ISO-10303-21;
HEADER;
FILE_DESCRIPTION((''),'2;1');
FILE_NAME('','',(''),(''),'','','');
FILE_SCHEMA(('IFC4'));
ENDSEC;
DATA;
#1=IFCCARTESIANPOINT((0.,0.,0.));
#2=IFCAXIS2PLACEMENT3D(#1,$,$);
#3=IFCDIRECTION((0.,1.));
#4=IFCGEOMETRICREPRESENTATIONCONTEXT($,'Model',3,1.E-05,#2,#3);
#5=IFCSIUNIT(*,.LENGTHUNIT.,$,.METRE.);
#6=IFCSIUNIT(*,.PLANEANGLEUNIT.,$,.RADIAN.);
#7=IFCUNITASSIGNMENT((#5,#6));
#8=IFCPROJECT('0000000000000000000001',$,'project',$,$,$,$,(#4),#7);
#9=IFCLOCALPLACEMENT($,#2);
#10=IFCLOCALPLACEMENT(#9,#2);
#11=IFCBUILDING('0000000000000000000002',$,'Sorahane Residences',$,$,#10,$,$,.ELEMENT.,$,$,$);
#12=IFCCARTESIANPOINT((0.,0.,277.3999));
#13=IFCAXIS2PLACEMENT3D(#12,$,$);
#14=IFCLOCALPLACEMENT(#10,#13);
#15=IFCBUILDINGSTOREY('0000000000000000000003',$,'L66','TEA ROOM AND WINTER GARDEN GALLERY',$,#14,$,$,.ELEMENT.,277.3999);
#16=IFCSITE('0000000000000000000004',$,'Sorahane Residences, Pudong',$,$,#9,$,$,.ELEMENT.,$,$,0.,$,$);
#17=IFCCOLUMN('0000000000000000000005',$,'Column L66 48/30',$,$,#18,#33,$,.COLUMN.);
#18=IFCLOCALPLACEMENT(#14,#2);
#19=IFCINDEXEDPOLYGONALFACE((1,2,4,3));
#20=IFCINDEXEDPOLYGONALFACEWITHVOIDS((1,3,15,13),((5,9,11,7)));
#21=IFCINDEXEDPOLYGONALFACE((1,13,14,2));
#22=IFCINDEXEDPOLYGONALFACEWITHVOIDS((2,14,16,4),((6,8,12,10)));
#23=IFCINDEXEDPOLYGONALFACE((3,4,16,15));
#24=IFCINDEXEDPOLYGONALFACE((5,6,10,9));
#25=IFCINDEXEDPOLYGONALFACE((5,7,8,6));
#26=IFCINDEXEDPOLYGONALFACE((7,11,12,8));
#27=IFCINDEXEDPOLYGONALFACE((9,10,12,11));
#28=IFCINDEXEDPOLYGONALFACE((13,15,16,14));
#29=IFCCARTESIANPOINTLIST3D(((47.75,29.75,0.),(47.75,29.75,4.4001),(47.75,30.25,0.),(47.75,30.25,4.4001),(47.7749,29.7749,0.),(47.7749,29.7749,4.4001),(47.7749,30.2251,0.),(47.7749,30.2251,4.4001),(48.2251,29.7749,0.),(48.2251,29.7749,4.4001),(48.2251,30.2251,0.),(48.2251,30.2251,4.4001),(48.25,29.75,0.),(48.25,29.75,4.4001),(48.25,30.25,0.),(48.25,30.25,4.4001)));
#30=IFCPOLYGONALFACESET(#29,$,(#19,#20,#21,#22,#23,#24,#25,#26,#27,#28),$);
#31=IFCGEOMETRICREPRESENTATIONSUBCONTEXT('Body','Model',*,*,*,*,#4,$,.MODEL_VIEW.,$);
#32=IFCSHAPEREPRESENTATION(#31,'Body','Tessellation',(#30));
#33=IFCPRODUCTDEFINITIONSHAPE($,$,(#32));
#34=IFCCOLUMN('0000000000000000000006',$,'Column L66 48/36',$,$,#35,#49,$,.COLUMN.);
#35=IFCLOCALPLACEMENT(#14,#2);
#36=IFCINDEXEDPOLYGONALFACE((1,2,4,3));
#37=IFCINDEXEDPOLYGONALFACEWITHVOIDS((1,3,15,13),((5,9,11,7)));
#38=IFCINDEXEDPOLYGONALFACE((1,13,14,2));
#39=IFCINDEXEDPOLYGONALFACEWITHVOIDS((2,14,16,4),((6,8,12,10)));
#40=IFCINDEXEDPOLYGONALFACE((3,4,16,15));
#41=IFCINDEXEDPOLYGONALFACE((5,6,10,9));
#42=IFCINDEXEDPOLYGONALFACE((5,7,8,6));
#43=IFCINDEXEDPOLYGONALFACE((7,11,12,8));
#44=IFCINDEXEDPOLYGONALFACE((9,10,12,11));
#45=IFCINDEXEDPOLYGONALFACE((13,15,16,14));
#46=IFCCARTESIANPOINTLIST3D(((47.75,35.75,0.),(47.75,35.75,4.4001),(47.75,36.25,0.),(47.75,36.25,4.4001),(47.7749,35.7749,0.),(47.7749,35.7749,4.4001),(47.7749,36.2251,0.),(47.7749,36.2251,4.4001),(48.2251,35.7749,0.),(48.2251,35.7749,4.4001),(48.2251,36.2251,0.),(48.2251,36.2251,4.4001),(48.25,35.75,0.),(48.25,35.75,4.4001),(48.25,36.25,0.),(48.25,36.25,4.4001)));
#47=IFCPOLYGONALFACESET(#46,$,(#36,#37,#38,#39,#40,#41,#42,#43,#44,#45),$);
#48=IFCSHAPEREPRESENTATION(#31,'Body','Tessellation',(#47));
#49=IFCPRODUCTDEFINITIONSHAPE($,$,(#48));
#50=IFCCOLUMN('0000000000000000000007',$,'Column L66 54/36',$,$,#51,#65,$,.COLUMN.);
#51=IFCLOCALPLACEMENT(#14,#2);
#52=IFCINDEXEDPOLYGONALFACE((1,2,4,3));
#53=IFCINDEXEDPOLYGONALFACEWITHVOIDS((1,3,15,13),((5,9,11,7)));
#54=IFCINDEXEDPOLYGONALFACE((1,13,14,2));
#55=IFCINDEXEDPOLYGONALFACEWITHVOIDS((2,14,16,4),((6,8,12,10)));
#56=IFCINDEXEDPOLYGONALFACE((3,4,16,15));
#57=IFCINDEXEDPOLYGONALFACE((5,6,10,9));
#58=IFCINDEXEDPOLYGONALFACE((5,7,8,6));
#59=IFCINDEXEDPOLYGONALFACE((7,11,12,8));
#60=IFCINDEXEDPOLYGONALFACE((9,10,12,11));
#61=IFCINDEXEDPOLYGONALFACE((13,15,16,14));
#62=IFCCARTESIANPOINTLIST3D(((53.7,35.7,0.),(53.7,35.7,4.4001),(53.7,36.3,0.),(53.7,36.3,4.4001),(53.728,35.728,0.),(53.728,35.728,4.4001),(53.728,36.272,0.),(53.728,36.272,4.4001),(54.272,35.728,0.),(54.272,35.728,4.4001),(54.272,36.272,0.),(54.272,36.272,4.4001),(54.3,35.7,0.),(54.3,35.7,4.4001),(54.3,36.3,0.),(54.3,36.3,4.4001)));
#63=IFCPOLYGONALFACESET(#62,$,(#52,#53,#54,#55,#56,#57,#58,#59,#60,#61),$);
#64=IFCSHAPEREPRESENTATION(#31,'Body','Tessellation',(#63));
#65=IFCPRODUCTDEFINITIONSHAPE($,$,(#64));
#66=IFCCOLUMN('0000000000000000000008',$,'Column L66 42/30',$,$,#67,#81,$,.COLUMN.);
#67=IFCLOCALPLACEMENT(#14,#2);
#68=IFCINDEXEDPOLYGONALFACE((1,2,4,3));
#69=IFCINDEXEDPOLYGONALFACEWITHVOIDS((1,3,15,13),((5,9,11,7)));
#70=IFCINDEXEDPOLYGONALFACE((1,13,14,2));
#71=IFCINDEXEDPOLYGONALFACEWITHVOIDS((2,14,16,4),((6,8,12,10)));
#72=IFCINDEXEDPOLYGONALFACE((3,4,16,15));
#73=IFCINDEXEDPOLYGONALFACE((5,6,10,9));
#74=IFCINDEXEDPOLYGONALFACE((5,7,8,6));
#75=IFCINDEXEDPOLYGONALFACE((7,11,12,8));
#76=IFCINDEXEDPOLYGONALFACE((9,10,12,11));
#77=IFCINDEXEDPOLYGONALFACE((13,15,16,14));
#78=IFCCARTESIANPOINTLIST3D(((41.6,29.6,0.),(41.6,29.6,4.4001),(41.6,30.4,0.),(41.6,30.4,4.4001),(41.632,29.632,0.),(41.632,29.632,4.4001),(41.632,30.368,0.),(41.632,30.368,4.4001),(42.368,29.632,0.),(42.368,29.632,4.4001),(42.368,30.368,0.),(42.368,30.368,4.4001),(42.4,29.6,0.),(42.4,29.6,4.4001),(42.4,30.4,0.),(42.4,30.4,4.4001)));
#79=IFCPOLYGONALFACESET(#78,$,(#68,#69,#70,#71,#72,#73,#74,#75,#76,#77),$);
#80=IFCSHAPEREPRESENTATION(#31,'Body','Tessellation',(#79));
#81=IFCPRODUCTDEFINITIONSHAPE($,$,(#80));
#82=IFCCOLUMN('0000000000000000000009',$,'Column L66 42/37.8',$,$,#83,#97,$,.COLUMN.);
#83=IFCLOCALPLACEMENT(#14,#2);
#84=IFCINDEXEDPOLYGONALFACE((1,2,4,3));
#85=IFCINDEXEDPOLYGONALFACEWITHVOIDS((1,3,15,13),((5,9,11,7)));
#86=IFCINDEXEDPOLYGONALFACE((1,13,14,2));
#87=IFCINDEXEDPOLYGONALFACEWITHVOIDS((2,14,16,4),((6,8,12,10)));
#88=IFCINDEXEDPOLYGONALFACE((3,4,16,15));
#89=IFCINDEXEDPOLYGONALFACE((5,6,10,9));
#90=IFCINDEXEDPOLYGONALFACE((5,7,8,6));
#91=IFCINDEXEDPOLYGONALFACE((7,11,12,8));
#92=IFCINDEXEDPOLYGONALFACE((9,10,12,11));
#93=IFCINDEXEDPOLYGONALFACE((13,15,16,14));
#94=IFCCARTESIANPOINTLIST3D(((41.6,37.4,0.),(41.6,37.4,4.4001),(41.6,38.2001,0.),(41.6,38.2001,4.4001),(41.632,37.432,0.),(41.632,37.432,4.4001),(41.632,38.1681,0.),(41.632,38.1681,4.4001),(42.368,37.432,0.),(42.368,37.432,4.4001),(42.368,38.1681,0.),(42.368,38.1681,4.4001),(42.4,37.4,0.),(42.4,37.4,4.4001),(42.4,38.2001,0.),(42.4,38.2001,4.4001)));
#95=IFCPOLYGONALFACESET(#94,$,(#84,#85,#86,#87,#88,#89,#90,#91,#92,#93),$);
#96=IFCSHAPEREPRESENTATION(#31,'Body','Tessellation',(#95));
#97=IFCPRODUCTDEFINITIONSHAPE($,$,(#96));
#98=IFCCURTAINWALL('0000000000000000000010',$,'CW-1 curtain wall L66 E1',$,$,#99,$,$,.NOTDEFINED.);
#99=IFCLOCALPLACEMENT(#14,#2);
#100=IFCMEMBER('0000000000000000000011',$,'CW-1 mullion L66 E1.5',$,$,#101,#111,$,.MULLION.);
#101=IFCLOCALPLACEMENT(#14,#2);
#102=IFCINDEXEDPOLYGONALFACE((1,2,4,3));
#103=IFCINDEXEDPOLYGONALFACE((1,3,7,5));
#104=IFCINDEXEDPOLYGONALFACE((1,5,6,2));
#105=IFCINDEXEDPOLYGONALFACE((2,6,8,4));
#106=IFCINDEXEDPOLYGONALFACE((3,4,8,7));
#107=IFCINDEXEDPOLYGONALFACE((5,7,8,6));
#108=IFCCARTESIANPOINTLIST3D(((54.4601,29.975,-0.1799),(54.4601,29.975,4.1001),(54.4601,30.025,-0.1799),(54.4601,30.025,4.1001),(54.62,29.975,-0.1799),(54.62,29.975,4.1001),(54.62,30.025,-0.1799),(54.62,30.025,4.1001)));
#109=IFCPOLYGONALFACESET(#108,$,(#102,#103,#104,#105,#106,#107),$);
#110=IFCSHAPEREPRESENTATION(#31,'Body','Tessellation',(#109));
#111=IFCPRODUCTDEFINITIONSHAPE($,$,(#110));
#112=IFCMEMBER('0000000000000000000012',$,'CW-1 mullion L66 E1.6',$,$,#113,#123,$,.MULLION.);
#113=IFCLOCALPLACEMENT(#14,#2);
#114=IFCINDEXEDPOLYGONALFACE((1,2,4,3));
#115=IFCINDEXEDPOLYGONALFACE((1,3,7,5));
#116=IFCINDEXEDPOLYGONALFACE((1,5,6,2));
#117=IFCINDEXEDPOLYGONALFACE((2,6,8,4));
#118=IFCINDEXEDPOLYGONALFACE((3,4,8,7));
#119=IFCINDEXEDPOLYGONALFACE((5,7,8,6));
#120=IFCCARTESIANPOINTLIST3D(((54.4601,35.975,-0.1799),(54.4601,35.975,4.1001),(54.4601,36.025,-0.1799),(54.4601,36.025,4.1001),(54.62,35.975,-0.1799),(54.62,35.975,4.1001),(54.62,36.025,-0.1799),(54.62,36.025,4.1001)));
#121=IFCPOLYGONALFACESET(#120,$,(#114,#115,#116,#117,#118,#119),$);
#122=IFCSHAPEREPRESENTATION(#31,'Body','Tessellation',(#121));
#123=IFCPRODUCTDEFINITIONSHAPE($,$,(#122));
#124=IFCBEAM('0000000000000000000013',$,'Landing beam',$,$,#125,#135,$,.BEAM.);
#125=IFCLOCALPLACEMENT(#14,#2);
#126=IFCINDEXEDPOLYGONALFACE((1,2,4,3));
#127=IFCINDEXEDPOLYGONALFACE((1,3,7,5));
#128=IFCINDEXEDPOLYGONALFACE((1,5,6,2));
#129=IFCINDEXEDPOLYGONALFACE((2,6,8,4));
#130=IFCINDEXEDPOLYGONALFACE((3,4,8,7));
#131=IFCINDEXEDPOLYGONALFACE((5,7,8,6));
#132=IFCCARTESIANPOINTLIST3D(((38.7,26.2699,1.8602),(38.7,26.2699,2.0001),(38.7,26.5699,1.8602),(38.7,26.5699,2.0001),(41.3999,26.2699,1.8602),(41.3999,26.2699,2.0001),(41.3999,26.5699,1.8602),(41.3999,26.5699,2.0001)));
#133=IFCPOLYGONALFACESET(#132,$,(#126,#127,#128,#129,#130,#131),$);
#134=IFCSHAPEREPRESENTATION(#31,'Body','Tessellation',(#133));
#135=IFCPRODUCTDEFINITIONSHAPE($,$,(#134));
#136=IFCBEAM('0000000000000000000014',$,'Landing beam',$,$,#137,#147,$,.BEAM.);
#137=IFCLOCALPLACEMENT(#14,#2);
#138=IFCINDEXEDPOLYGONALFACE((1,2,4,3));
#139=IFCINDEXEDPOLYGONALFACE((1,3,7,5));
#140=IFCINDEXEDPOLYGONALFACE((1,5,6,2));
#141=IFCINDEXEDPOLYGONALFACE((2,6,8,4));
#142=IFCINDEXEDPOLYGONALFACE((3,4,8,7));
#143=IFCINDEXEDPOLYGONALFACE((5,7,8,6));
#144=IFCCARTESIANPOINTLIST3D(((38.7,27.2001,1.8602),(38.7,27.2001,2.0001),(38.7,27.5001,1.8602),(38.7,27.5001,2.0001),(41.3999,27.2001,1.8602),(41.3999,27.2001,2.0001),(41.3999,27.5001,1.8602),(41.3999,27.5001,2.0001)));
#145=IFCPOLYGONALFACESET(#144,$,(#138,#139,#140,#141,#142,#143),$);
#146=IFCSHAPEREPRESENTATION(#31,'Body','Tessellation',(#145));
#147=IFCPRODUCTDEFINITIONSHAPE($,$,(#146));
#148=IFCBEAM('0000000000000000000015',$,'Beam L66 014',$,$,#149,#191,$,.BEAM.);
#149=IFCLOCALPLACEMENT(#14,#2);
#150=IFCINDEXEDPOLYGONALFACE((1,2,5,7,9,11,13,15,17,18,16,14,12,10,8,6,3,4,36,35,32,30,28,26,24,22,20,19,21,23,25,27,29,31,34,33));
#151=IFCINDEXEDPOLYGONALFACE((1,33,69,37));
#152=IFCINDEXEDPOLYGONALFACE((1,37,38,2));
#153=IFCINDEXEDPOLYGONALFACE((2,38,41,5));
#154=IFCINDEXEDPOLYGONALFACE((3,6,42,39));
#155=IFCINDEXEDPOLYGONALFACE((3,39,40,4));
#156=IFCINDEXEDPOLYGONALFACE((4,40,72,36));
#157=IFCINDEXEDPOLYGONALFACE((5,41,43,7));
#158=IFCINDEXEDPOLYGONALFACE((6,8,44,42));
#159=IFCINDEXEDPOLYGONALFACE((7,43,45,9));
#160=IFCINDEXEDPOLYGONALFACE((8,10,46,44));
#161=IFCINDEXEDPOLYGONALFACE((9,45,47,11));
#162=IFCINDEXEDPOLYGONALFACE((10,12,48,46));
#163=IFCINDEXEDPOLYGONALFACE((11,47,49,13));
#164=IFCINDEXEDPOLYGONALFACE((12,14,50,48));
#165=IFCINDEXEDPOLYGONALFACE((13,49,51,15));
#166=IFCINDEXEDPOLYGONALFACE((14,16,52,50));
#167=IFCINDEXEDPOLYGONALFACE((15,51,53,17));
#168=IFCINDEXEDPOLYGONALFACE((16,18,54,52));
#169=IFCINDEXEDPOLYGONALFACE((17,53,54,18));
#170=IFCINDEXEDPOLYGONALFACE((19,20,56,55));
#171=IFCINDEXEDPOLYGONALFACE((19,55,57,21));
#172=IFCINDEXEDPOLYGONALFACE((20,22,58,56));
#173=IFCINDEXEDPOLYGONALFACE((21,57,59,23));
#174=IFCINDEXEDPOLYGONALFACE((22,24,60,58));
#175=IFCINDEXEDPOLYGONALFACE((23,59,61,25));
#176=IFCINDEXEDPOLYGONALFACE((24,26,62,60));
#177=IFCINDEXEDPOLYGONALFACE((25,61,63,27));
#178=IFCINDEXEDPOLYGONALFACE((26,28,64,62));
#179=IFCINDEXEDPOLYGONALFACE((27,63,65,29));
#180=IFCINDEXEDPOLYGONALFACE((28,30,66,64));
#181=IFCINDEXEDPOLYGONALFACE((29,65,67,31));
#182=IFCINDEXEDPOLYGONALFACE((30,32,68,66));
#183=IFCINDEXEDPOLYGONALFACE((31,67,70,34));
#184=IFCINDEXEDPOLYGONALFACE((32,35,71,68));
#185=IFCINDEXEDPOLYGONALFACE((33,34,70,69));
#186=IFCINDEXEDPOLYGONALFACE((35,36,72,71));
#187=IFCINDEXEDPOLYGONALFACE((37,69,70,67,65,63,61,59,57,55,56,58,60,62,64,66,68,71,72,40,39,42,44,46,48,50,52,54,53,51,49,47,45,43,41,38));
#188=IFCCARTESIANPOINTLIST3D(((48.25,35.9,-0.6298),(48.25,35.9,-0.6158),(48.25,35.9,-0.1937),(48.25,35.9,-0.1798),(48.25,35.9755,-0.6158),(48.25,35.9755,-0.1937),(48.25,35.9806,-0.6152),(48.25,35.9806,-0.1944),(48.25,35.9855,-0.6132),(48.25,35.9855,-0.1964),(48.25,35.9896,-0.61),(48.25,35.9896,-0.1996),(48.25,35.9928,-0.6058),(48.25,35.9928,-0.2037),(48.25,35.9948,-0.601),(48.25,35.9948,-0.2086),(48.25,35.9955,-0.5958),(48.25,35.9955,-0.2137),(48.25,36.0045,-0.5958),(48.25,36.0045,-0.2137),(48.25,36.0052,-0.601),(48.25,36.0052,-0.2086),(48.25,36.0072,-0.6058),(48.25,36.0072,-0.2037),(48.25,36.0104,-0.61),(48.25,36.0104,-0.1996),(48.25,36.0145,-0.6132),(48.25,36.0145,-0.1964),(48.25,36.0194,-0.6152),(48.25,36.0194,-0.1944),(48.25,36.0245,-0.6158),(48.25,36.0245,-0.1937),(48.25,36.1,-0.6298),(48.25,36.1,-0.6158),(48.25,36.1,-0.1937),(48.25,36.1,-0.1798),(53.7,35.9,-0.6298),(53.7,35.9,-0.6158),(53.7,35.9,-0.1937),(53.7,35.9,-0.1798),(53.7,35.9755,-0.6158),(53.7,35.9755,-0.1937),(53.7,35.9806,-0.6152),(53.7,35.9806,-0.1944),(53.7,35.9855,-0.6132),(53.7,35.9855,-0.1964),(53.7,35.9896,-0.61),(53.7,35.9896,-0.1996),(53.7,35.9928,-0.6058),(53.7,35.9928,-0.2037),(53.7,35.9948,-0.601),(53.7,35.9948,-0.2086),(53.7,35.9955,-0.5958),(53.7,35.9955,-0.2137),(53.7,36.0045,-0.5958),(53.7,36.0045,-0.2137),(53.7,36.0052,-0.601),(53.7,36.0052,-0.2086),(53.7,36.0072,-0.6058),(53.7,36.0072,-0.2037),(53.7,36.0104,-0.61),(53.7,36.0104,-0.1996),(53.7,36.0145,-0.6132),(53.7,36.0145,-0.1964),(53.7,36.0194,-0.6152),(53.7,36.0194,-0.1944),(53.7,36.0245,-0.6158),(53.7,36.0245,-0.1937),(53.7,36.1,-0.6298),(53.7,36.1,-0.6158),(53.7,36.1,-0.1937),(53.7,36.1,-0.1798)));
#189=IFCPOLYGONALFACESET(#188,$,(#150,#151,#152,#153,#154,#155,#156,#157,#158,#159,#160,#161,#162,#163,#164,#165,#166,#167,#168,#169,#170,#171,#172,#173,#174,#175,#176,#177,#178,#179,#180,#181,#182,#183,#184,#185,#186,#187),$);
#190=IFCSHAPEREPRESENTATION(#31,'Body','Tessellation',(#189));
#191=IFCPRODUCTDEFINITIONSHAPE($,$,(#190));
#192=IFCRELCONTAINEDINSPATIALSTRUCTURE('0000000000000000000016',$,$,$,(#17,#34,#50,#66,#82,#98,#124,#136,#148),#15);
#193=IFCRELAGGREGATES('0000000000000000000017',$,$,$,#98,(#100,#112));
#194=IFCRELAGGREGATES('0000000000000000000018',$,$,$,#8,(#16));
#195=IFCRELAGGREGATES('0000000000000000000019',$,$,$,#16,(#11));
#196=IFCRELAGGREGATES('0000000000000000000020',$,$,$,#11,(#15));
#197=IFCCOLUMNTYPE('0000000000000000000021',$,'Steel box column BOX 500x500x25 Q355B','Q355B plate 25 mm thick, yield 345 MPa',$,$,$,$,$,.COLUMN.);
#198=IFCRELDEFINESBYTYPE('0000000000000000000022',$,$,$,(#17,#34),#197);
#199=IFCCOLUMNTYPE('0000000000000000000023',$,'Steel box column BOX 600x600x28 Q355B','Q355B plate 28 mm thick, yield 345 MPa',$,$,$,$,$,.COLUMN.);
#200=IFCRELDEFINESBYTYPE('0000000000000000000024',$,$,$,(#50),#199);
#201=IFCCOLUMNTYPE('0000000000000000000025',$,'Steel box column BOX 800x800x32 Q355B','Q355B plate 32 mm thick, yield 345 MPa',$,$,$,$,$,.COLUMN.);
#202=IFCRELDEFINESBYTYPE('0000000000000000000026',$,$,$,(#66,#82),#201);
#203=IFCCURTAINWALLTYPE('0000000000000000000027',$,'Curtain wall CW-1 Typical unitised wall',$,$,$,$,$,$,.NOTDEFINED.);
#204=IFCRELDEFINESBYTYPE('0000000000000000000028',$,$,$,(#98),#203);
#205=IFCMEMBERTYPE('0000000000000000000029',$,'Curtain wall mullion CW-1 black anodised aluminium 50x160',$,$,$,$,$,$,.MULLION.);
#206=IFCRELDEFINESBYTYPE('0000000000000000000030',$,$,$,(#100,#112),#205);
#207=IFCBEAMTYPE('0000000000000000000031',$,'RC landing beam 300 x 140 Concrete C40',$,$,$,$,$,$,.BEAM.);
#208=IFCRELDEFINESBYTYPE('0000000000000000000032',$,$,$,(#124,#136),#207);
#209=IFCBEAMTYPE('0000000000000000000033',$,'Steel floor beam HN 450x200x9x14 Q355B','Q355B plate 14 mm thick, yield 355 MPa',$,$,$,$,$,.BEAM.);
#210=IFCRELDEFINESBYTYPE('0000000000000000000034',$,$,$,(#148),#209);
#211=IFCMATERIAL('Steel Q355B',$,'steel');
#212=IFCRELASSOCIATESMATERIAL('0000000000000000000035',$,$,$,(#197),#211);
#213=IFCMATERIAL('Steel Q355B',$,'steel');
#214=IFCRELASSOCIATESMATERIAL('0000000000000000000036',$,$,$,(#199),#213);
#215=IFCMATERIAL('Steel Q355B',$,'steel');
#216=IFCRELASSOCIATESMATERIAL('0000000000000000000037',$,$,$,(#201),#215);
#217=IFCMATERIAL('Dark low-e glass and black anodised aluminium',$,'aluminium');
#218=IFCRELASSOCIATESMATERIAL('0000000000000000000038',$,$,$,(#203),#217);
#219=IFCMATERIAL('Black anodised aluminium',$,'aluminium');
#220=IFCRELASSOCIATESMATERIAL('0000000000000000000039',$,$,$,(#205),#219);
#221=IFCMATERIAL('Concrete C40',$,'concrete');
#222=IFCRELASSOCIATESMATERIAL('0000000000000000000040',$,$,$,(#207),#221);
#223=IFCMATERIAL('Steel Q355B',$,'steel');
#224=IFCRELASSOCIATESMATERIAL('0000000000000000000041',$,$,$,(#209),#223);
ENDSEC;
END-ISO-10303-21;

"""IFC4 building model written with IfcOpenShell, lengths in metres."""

from ifc_helpers import new_model, si_unit, direction, frame, origin, origin_2d, place, context, subcontext, project, spatial, rectangle, hollow_rectangle, i_section, extrude, material, material_profile, profile_set, type_object, element, aggregate, save


model = new_model("IFC4")

# Units and contexts
model_context = context("Model", 3, precision=1e-05, world=origin(), true_north=direction((0.0, 1.0)))
body_context = subcontext(model_context, "Body", "Model", "MODEL_VIEW")
ifc_project = project(units=[si_unit("LENGTHUNIT", "METRE"), si_unit("PLANEANGLEUNIT", "RADIAN")], contexts=[model_context])

# Site, building, storey
site_placement = place(None, origin())
site = spatial("IfcSite", under=ifc_project, at=site_placement, Name="Sorahane Residences, Pudong", CompositionType="ELEMENT", RefElevation=0.0)
building_placement = place(site_placement, origin())
building = spatial("IfcBuilding", under=site, at=building_placement, Name="Sorahane Residences", CompositionType="ELEMENT")
storey_placement = place(building_placement, frame((0.0, 0.0, 277.3999)))
storey = spatial("IfcBuildingStorey", under=building, at=storey_placement, Name="L66", Description="TEA ROOM AND WINTER GARDEN GALLERY", CompositionType="ELEMENT", Elevation=277.3999)

# Columns
ifc_material_1 = material(Name="Steel Q355B", Category="steel")
ifc_material_profile_1 = material_profile(ifc_material_1, hollow_rectangle(XDim=0.5, YDim=0.5, WallThickness=0.0249, at=origin_2d()), Name="BOX 500x500x25")
ifc_profile_set_1 = profile_set([ifc_material_profile_1], Name="Steel Q355B")
column_type_1 = type_object("IfcColumnType", Name="Steel box column BOX 500x500x25 Q355B", Description="Q355B plate 25 mm thick, yield 345 MPa", PredefinedType="COLUMN", material=ifc_profile_set_1)
for number, where, z_axis, x_axis, name in (
    (1, (48.0, 30.0, 0.0), (0.0, 0.0, 1.0), (1.0, 0.0, 0.0), "Column L66 48/30"),
    (2, (48.0, 36.0, 0.0), (0.0, 0.0, 1.0), (1.0, 0.0, 0.0), "Column L66 48/36"),
):
    element("IfcColumn", number, at=place(storey_placement, frame(where, z_axis=z_axis, x_axis=x_axis)), inside=storey, type_object=column_type_1, Name=name, PredefinedType="COLUMN", context=body_context, shape_type="SweptSolid", body=[
        extrude(hollow_rectangle(XDim=0.5, YDim=0.5, WallThickness=0.0249, at=origin_2d()), origin(), (0.0, 0.0, 1.0), 4.4001),
    ])
ifc_material_2 = material(Name="Steel Q355B", Category="steel")
ifc_material_profile_2 = material_profile(ifc_material_2, hollow_rectangle(XDim=0.6001, YDim=0.6001, WallThickness=0.0281, at=origin_2d()), Name="BOX 600x600x28")
ifc_profile_set_2 = profile_set([ifc_material_profile_2], Name="Steel Q355B")
column_type_2 = type_object("IfcColumnType", Name="Steel box column BOX 600x600x28 Q355B", Description="Q355B plate 28 mm thick, yield 345 MPa", PredefinedType="COLUMN", material=ifc_profile_set_2)
column_placement = place(storey_placement, frame((54.0, 36.0, 0.0), z_axis=(0.0, 0.0, 1.0), x_axis=(1.0, 0.0, 0.0)))
element("IfcColumn", 3, at=column_placement, inside=storey, type_object=column_type_2, Name="Column L66 54/36", PredefinedType="COLUMN", context=body_context, shape_type="SweptSolid", body=[
    extrude(hollow_rectangle(XDim=0.6001, YDim=0.6001, WallThickness=0.0281, at=origin_2d()), origin(), (0.0, 0.0, 1.0), 4.4001),
])
ifc_material_3 = material(Name="Steel Q355B", Category="steel")
ifc_material_profile_3 = material_profile(ifc_material_3, hollow_rectangle(XDim=0.8, YDim=0.8, WallThickness=0.032, at=origin_2d()), Name="BOX 800x800x32")
ifc_profile_set_3 = profile_set([ifc_material_profile_3], Name="Steel Q355B")
column_type_3 = type_object("IfcColumnType", Name="Steel box column BOX 800x800x32 Q355B", Description="Q355B plate 32 mm thick, yield 345 MPa", PredefinedType="COLUMN", material=ifc_profile_set_3)
for number, where, z_axis, x_axis, name in (
    (4, (42.0, 30.0, 0.0), (0.0, 0.0, 1.0), (1.0, 0.0, 0.0), "Column L66 42/30"),
    (5, (42.0, 37.8, 0.0), (0.0, 0.0, 1.0), (1.0, 0.0, 0.0), "Column L66 42/37.8"),
):
    element("IfcColumn", number, at=place(storey_placement, frame(where, z_axis=z_axis, x_axis=x_axis)), inside=storey, type_object=column_type_3, Name=name, PredefinedType="COLUMN", context=body_context, shape_type="SweptSolid", body=[
        extrude(hollow_rectangle(XDim=0.8, YDim=0.8, WallThickness=0.032, at=origin_2d()), origin(), (0.0, 0.0, 1.0), 4.4001),
    ])

# Curtain wall, members
ifc_material_4 = material(Name="Dark low-e glass and black anodised aluminium", Category="aluminium")
curtain_wall_type = type_object("IfcCurtainWallType", Name="Curtain wall CW-1 Typical unitised wall", PredefinedType="NOTDEFINED", material=ifc_material_4)
curtain_wall_placement = place(storey_placement, origin())
curtain_wall = element("IfcCurtainWall", 6, at=curtain_wall_placement, inside=storey, type_object=curtain_wall_type, Name="CW-1 curtain wall L66 E1", PredefinedType="NOTDEFINED")
ifc_material_5 = material(Name="Black anodised aluminium", Category="aluminium")
ifc_material_profile_4 = material_profile(ifc_material_5, rectangle(XDim=0.1599, YDim=0.05, at=origin_2d()), Name="Curtain wall mullion CW-1 black anodised aluminium 50x160")
ifc_profile_set_4 = profile_set([ifc_material_profile_4], Name="Black anodised aluminium")
member_type = type_object("IfcMemberType", Name="Curtain wall mullion CW-1 black anodised aluminium 50x160", PredefinedType="MULLION", material=ifc_profile_set_4)
member_1_placement = place(storey_placement, frame((54.54, 30.0, -0.1799), z_axis=(0.0, 0.0, 1.0), x_axis=(1.0, 0.0, 0.0)))
member_1 = element("IfcMember", 7, at=member_1_placement, type_object=member_type, Name="CW-1 mullion L66 E1.5", PredefinedType="MULLION", context=body_context, shape_type="SweptSolid", body=[
    extrude(rectangle(XDim=0.1599, YDim=0.05, at=origin_2d()), origin(), (0.0, 0.0, 1.0), 4.28),
])
member_2_placement = place(storey_placement, frame((54.54, 36.0, -0.1799), z_axis=(0.0, 0.0, 1.0), x_axis=(1.0, 0.0, 0.0)))
member_2 = element("IfcMember", 8, at=member_2_placement, type_object=member_type, Name="CW-1 mullion L66 E1.6", PredefinedType="MULLION", context=body_context, shape_type="SweptSolid", body=[
    extrude(rectangle(XDim=0.1599, YDim=0.05, at=origin_2d()), origin(), (0.0, 0.0, 1.0), 4.28),
])

# Beams
ifc_material_6 = material(Name="Concrete C40", Category="concrete")
ifc_material_profile_5 = material_profile(ifc_material_6, rectangle(XDim=0.3, YDim=0.1399, at=origin_2d()), Name="300x140")
ifc_profile_set_5 = profile_set([ifc_material_profile_5], Name="Concrete C40")
beam_type_1 = type_object("IfcBeamType", Name="RC landing beam 300 x 140 Concrete C40", PredefinedType="BEAM", material=ifc_profile_set_5)
for number, where, z_axis, x_axis, name in (
    (9, (38.7, 26.4199, 1.9302), (1.0, 0.0, 0.0), (0.0, 1.0, 0.0), "Landing beam"),
    (10, (38.7, 27.3501, 1.9302), (1.0, 0.0, 0.0), (0.0, 1.0, 0.0), "Landing beam"),
):
    element("IfcBeam", number, at=place(storey_placement, frame(where, z_axis=z_axis, x_axis=x_axis)), inside=storey, type_object=beam_type_1, Name=name, PredefinedType="BEAM", context=body_context, shape_type="SweptSolid", body=[
        extrude(rectangle(XDim=0.3, YDim=0.1399, at=origin_2d()), origin(), (0.0, 0.0, 1.0), 2.7),
    ])
ifc_material_7 = material(Name="Steel Q355B", Category="steel")
ifc_material_profile_6 = material_profile(ifc_material_7, i_section(OverallWidth=0.2, OverallDepth=0.45, WebThickness=0.009, FlangeThickness=0.0139, FilletRadius=0.02, at=origin_2d()), Name="HN 450x200x9x14")
ifc_profile_set_6 = profile_set([ifc_material_profile_6], Name="Steel Q355B")
beam_type_2 = type_object("IfcBeamType", Name="Steel floor beam HN 450x200x9x14 Q355B", Description="Q355B plate 14 mm thick, yield 355 MPa", PredefinedType="BEAM", material=ifc_profile_set_6)
beam_1_placement = place(storey_placement, frame((48.25, 36.0, -0.4048), z_axis=(1.0, 0.0, 0.0), x_axis=(0.0, 1.0, 0.0)))
element("IfcBeam", 11, at=beam_1_placement, inside=storey, type_object=beam_type_2, Name="Beam L66 014", PredefinedType="BEAM", context=body_context, shape_type="SweptSolid", body=[
    extrude(i_section(OverallWidth=0.2, OverallDepth=0.45, WebThickness=0.009, FlangeThickness=0.0139, FilletRadius=0.02, at=origin_2d()), origin(), (0.0, 0.0, 1.0), 5.45),
])

aggregate(curtain_wall, [member_1, member_2])

save(model, "model.ifc")
